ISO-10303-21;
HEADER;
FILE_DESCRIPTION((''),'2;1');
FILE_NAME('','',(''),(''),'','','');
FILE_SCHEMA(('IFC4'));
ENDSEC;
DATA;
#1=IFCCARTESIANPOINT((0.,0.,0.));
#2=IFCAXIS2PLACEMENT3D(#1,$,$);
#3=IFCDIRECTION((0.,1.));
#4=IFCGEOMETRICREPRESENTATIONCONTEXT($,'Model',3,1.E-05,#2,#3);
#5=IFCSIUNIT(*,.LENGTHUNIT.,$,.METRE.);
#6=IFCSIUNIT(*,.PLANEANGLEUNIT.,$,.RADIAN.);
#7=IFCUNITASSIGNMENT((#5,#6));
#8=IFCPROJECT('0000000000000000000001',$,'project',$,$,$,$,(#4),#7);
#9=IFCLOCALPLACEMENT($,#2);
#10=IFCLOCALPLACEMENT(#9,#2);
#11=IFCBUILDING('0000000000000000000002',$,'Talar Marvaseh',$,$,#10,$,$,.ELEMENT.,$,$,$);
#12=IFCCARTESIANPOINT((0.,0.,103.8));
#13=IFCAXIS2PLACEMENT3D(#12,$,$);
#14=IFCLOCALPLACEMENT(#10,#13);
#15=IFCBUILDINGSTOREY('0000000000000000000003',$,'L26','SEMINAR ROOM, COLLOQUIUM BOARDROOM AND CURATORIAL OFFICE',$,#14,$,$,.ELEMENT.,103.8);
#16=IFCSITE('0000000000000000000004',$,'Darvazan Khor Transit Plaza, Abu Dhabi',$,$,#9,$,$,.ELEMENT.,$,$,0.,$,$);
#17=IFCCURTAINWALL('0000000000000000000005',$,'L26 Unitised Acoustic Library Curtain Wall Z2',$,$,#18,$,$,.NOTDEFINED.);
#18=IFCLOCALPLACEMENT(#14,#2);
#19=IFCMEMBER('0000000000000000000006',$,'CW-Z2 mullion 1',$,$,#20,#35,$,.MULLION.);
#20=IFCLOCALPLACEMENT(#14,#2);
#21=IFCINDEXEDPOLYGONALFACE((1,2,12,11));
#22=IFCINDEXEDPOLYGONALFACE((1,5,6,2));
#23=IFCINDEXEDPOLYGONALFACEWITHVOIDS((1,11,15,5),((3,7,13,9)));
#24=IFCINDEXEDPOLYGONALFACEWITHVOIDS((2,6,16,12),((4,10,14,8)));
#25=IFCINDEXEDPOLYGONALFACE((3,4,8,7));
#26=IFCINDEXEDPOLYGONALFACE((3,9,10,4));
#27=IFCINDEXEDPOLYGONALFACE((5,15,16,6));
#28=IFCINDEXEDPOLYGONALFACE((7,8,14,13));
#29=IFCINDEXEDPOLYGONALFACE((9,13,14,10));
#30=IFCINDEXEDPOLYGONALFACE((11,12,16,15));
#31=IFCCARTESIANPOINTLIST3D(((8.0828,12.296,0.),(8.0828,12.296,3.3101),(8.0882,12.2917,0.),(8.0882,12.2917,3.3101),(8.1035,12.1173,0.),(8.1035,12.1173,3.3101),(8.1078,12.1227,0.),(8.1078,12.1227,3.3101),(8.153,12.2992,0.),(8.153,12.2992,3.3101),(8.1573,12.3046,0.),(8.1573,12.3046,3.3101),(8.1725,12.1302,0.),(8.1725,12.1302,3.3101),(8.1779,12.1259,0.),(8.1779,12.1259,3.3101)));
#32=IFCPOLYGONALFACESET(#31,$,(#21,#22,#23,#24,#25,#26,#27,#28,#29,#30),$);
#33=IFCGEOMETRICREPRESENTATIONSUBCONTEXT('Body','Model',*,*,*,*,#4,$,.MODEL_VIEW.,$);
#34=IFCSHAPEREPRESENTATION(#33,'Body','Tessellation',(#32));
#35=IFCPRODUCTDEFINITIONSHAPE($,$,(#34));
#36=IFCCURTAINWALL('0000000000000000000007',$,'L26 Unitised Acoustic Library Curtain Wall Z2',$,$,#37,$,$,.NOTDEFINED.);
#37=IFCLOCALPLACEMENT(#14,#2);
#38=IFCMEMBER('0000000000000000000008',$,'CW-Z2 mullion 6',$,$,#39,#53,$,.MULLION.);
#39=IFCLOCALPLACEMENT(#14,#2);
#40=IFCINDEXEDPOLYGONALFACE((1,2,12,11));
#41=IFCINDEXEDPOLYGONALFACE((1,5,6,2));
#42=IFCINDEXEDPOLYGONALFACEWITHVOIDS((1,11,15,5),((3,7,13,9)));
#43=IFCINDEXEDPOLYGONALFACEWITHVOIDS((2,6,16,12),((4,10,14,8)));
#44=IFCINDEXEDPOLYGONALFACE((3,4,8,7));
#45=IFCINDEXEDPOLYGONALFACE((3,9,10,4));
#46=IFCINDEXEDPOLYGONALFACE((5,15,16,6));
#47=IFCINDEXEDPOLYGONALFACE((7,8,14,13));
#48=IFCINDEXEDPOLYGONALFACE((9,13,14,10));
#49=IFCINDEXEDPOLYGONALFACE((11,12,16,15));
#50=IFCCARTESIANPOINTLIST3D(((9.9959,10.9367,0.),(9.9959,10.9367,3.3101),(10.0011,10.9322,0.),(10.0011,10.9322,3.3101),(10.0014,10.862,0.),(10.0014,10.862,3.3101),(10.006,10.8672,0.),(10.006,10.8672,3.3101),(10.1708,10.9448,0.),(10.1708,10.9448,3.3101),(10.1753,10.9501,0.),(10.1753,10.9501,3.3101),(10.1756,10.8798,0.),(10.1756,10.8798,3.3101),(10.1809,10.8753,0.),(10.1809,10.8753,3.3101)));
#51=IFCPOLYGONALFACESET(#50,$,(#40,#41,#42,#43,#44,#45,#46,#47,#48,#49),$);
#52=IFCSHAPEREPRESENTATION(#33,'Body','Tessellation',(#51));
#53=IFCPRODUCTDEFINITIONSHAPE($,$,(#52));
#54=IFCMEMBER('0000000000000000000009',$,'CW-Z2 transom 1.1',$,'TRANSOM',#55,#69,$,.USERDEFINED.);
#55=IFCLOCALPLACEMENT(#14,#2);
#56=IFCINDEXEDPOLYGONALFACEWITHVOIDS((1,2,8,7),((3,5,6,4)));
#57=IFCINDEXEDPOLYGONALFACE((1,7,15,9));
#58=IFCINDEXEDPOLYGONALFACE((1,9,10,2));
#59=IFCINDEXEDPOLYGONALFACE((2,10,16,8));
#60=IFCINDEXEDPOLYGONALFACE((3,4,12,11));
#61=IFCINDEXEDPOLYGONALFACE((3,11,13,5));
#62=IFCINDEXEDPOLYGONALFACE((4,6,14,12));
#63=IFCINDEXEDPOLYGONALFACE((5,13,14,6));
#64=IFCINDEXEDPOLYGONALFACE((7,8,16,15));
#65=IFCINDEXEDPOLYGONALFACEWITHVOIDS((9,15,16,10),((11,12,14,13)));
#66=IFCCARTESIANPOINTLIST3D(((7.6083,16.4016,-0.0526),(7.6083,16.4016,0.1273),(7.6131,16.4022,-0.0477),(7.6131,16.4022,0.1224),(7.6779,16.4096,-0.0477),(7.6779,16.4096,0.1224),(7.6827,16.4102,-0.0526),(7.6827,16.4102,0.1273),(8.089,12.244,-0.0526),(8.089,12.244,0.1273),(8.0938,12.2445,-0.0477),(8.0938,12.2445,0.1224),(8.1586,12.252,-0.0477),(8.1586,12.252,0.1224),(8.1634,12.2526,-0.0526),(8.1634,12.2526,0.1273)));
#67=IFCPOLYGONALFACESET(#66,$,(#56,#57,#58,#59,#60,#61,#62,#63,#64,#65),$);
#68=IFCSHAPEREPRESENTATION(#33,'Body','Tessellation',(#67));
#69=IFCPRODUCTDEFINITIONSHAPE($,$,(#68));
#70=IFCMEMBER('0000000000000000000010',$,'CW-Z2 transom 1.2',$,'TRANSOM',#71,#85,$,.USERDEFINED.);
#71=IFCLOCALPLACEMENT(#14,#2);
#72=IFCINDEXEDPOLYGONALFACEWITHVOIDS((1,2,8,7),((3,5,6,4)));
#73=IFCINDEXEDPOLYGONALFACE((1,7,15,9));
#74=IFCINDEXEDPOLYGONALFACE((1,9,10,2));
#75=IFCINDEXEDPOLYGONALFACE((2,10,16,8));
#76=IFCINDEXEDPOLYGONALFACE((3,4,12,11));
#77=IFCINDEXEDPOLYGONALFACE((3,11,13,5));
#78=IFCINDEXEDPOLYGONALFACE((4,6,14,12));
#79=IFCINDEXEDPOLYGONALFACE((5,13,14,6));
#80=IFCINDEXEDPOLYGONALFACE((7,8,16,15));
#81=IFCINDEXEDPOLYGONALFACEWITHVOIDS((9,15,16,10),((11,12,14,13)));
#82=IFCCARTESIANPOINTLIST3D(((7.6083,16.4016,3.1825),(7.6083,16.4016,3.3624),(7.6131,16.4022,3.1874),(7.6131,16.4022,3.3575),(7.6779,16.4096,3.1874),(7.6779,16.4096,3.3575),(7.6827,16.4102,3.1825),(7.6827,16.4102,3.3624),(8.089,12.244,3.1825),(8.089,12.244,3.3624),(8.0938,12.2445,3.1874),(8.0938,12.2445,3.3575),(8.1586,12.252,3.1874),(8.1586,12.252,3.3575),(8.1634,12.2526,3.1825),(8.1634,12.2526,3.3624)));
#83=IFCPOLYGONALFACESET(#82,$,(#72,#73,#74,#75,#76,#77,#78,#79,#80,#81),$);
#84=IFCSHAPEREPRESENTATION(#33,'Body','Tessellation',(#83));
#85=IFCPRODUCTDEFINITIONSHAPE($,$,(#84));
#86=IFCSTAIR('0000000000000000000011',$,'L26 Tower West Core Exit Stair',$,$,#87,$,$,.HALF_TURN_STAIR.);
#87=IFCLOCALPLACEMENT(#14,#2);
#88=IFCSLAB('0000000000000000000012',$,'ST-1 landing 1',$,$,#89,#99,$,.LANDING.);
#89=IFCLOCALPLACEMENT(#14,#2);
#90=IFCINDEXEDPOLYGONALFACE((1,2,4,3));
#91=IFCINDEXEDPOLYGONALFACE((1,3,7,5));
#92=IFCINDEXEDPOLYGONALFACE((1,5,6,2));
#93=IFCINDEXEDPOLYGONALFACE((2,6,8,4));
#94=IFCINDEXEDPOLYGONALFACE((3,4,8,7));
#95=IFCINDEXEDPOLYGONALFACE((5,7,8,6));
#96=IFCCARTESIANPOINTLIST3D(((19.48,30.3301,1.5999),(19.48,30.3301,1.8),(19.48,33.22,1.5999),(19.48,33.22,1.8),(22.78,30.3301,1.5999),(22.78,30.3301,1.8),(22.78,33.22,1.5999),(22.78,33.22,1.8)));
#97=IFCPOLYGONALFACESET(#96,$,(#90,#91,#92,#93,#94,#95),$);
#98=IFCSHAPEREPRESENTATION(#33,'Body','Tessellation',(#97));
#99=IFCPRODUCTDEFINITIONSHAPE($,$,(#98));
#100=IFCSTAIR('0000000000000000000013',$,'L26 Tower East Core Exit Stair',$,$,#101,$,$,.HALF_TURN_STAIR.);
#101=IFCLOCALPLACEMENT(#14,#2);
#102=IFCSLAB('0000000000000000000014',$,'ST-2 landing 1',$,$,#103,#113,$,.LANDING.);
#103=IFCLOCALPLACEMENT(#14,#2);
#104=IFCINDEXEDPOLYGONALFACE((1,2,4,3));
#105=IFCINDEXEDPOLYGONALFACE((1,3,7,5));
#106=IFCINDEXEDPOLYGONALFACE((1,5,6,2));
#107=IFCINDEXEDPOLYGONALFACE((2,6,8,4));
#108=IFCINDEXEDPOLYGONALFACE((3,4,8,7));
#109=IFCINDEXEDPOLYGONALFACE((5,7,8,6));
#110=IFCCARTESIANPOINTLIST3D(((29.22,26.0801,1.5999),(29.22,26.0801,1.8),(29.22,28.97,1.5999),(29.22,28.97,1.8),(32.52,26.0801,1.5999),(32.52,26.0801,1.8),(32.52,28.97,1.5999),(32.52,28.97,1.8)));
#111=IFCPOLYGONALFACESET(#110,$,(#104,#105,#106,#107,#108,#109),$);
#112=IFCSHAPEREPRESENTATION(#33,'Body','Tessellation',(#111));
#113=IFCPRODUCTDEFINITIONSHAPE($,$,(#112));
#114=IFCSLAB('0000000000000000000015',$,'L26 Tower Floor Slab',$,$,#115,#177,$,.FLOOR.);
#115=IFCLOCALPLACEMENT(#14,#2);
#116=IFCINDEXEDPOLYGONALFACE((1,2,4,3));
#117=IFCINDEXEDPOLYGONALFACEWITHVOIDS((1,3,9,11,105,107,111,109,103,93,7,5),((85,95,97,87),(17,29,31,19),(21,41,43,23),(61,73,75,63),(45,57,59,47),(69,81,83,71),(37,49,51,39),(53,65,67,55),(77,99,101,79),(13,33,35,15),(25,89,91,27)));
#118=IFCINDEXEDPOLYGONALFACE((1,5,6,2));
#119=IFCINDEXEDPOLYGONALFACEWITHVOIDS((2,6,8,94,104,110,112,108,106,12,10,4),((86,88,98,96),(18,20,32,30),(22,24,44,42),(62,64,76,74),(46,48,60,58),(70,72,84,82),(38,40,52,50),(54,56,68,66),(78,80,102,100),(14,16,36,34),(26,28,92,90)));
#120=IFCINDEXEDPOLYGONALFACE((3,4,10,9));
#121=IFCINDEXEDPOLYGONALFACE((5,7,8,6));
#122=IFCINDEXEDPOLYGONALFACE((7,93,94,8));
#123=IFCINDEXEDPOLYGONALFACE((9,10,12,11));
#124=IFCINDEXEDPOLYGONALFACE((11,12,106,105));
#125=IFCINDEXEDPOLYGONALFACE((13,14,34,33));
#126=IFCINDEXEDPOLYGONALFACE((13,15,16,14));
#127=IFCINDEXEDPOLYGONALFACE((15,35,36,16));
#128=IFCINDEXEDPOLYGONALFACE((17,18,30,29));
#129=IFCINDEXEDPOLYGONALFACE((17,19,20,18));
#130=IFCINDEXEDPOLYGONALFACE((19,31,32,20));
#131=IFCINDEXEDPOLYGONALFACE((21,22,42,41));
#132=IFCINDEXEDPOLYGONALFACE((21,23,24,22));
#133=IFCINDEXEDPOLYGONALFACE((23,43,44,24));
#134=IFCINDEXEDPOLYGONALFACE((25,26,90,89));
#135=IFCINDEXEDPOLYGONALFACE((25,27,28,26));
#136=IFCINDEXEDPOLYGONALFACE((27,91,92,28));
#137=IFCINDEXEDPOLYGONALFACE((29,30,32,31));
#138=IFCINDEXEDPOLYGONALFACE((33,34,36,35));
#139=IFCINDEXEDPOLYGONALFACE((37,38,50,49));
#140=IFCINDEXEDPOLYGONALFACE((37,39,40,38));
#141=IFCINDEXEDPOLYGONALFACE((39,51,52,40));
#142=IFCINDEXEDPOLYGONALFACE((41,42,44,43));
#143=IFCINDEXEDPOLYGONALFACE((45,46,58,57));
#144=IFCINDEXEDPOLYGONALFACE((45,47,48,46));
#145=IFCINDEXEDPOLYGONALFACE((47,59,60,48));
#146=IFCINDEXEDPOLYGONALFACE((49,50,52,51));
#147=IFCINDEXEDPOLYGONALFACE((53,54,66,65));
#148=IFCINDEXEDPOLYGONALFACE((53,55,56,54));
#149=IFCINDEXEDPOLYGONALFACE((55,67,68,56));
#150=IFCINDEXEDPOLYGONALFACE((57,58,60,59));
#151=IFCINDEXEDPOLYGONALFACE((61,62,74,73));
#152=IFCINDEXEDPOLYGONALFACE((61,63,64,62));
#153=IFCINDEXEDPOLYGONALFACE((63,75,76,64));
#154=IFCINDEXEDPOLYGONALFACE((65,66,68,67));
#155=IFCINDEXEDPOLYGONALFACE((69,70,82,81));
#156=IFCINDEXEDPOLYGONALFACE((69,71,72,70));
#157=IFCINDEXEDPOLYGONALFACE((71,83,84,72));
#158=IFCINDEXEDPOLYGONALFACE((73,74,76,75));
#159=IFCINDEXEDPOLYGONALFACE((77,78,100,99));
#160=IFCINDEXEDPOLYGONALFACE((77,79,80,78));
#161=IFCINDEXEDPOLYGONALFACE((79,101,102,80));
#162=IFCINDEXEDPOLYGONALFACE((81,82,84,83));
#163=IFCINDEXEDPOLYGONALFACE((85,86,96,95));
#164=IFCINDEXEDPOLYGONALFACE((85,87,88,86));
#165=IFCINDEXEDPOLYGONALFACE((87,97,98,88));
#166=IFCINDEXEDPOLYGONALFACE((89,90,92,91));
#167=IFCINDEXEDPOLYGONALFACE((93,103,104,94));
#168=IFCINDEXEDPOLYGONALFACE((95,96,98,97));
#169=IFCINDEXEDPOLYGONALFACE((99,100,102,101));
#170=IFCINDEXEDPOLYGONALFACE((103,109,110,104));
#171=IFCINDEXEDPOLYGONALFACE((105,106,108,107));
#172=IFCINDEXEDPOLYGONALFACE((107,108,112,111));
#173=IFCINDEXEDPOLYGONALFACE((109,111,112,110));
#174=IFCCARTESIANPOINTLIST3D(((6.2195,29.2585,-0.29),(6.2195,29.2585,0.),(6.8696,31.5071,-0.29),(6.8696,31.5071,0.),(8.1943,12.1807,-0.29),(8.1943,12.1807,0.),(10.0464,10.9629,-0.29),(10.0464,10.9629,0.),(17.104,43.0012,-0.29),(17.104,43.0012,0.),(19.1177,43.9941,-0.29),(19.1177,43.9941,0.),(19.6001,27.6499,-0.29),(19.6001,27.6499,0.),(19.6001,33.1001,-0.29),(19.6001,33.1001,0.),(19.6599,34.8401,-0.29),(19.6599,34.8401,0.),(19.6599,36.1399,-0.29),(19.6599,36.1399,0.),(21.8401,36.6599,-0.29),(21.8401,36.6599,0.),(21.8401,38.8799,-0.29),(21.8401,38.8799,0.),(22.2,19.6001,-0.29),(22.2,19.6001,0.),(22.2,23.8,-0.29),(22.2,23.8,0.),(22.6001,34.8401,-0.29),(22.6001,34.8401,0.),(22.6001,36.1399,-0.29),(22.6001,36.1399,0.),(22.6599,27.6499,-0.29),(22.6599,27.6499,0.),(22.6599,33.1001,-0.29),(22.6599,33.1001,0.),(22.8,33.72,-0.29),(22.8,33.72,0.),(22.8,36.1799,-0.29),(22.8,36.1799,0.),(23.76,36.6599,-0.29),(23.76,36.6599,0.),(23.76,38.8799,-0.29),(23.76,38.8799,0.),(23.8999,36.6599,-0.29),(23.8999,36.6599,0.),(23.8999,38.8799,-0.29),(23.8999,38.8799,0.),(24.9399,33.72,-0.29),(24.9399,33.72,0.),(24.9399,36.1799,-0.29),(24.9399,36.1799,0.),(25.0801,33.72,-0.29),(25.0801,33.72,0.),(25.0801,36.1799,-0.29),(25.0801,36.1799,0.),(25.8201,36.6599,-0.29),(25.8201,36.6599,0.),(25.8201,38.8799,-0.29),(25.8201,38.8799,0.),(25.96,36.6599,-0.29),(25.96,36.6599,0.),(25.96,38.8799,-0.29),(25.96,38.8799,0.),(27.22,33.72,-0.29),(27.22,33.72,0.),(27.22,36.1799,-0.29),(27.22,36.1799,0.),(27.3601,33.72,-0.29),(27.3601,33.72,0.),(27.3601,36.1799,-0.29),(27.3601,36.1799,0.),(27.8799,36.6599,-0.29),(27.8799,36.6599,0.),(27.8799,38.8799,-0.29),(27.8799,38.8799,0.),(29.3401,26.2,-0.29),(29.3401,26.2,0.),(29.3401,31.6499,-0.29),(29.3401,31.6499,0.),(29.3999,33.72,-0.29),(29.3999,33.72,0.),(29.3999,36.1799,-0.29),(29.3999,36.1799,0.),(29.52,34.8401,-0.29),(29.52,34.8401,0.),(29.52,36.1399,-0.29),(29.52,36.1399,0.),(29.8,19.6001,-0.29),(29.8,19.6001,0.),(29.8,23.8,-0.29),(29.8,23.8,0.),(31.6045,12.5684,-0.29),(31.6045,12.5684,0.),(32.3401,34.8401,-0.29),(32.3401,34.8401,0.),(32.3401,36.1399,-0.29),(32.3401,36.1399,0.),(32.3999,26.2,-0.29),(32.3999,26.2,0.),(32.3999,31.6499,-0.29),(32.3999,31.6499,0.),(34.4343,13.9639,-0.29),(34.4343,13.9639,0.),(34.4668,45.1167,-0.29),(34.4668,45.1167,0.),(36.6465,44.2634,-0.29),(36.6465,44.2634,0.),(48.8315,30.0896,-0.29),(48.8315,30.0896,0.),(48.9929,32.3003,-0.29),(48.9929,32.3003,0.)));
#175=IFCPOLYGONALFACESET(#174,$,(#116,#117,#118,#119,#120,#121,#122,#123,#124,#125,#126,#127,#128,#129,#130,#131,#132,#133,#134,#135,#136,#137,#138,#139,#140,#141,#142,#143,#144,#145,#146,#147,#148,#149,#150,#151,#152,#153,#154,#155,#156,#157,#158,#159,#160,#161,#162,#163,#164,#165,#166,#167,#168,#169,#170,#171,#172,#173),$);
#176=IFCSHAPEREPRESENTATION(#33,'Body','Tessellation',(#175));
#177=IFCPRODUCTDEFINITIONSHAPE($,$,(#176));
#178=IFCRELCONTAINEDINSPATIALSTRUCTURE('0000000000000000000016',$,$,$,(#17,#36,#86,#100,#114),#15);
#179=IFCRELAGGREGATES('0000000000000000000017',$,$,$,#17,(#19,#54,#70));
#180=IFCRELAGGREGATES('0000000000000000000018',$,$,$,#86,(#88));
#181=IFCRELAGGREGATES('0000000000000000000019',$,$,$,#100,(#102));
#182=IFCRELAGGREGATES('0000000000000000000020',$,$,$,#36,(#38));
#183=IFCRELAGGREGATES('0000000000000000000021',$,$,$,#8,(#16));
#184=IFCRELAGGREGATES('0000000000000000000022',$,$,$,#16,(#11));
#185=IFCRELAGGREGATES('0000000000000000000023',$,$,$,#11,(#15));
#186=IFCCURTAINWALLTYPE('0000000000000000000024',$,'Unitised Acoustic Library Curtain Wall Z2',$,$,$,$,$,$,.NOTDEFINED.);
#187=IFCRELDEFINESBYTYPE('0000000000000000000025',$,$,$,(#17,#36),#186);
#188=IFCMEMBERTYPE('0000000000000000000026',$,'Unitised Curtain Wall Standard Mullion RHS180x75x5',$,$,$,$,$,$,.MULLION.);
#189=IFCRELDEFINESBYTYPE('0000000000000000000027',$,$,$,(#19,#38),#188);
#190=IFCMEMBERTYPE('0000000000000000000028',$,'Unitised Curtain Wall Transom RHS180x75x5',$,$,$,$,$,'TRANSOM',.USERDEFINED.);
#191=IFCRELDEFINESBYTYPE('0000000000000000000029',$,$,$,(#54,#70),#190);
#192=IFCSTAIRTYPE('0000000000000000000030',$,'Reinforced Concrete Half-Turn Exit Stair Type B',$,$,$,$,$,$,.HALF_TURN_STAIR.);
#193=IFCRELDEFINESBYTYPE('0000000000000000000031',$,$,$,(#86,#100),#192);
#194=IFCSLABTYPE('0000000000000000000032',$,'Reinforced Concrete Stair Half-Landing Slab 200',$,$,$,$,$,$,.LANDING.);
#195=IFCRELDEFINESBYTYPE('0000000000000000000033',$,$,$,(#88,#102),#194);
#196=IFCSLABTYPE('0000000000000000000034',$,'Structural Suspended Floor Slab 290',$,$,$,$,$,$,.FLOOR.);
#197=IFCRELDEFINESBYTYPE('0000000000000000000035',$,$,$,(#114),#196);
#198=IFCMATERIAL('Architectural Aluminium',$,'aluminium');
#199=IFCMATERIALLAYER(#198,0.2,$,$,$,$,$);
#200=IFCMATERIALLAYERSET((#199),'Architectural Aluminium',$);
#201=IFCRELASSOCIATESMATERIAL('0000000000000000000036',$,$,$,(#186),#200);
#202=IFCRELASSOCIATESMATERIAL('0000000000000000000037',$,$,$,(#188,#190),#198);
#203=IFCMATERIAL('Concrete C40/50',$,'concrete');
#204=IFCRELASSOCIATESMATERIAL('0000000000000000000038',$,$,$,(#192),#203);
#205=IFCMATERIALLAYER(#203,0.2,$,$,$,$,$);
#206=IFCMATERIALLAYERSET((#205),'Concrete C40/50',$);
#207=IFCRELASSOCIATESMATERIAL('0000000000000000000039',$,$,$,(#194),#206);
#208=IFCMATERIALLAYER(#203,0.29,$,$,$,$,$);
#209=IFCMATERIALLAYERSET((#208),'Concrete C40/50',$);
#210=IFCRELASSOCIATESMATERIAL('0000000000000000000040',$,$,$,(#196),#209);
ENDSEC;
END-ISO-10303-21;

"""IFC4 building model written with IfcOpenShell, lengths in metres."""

from ifc_helpers import new_model, si_unit, direction, frame, origin, origin_2d, place, context, subcontext, project, spatial, polyline, hollow_rectangle, outline, extrude, source, transform, mapped, material, layer, layer_set, material_profile, profile_set, type_object, type_shapes, element, aggregate, save


model = new_model("IFC4")

# Units and contexts
model_context = context("Model", 3, precision=1e-05, world=origin(), true_north=direction((0.0, 1.0)))
body_context = subcontext(model_context, "Body", "Model", "MODEL_VIEW")
ifc_project = project(units=[si_unit("LENGTHUNIT", "METRE"), si_unit("PLANEANGLEUNIT", "RADIAN")], contexts=[model_context])

# Site, building, storey
site_placement = place(None, origin())
site = spatial("IfcSite", under=ifc_project, at=site_placement, Name="Darvazan Khor Transit Plaza, Abu Dhabi", CompositionType="ELEMENT", RefElevation=0.0)
building_placement = place(site_placement, origin())
building = spatial("IfcBuilding", under=site, at=building_placement, Name="Talar Marvaseh", CompositionType="ELEMENT")
storey_placement = place(building_placement, frame((0.0, 0.0, 103.8)))
storey = spatial("IfcBuildingStorey", under=building, at=storey_placement, Name="L26", Description="SEMINAR ROOM, COLLOQUIUM BOARDROOM AND CURATORIAL OFFICE", CompositionType="ELEMENT", Elevation=103.8)

# Curtain walls, members
ifc_material_1 = material(Name="Architectural Aluminium", Category="aluminium")
ifc_layer_1 = layer(ifc_material_1, 0.2)
ifc_layer_set_1 = layer_set([ifc_layer_1], Name="Architectural Aluminium")
curtain_wall_type = type_object("IfcCurtainWallType", Name="Unitised Acoustic Library Curtain Wall Z2", PredefinedType="NOTDEFINED", material=ifc_layer_set_1)
curtain_wall_1_placement = place(storey_placement, origin())
curtain_wall_1 = element("IfcCurtainWall", 1, at=curtain_wall_1_placement, inside=storey, type_object=curtain_wall_type, Name="L26 Unitised Acoustic Library Curtain Wall Z2", PredefinedType="NOTDEFINED")
ifc_material_profile_1 = material_profile(ifc_material_1, hollow_rectangle(XDim=0.075, YDim=0.1799, WallThickness=0.0049, at=origin_2d()), Name="RHS180x75x5")
ifc_profile_set_1 = profile_set([ifc_material_profile_1], Name="Architectural Aluminium")
member_type_1 = type_object("IfcMemberType", Name="Unitised Curtain Wall Standard Mullion RHS180x75x5", PredefinedType="MULLION", material=ifc_profile_set_1)
shared_shape_1 = source(origin(), body_context, "Body", "SweptSolid", [
    extrude(hollow_rectangle(XDim=0.075, YDim=0.1799, WallThickness=0.0049, at=origin_2d()), origin(), (0.0, 0.0, 1.0), 3.3101),
])
type_shapes(member_type_1, [shared_shape_1])
member_1_placement = place(storey_placement, frame((8.1304, 12.2109, 0.0), z_axis=(0.0, 0.0, 1.0), x_axis=(-0.993381, -0.11487, 0.0)))
member_1 = element("IfcMember", 2, at=member_1_placement, type_object=member_type_1, Name="CW-Z2 mullion 1", PredefinedType="MULLION", context=body_context, shape_type="MappedRepresentation", body=[
    mapped(shared_shape_1, transform((0.0, 0.0, 0.0), x_axis=(1.0, 0.0, 0.0), y_axis=(0.0, 1.0, 0.0), z_axis=(0.0, 0.0, 1.0), scale=1.0)),
])
curtain_wall_2_placement = place(storey_placement, origin())
curtain_wall_2 = element("IfcCurtainWall", 3, at=curtain_wall_2_placement, inside=storey, type_object=curtain_wall_type, Name="L26 Unitised Acoustic Library Curtain Wall Z2", PredefinedType="NOTDEFINED")
member_2_placement = place(storey_placement, frame((10.0884, 10.906, 0.0), z_axis=(0.0, 0.0, 1.0), x_axis=(0.074263, -0.997239, 0.0)))
member_2 = element("IfcMember", 4, at=member_2_placement, type_object=member_type_1, Name="CW-Z2 mullion 6", PredefinedType="MULLION", context=body_context, shape_type="MappedRepresentation", body=[
    mapped(shared_shape_1, transform((0.0, 0.0, 0.0), x_axis=(1.0, 0.0, 0.0), y_axis=(0.0, 1.0, 0.0), z_axis=(0.0, 0.0, 1.0), scale=1.0)),
])

# Members
ifc_material_profile_2 = material_profile(ifc_material_1, hollow_rectangle(XDim=0.075, YDim=0.1799, WallThickness=0.0049, at=origin_2d()), Name="RHS180x75x5")
ifc_profile_set_2 = profile_set([ifc_material_profile_2], Name="Architectural Aluminium")
member_type_2 = type_object("IfcMemberType", Name="Unitised Curtain Wall Transom RHS180x75x5", ElementType="TRANSOM", PredefinedType="USERDEFINED", material=ifc_profile_set_2)
shared_shape_2 = source(origin(), body_context, "Body", "SweptSolid", [
    extrude(hollow_rectangle(XDim=0.075, YDim=0.1799, WallThickness=0.0049, at=origin_2d()), origin(), (0.0, 0.0, 1.0), 4.1853),
])
type_shapes(member_type_2, [shared_shape_2])
member_3_placement = place(storey_placement, frame((8.1262, 12.2483, 0.0374), z_axis=(-0.114854, 0.993382, 0.0), x_axis=(-0.993382, -0.114854, 0.0)))
member_3 = element("IfcMember", 5, at=member_3_placement, type_object=member_type_2, Name="CW-Z2 transom 1.1", ObjectType="TRANSOM", PredefinedType="USERDEFINED", context=body_context, shape_type="MappedRepresentation", body=[
    mapped(shared_shape_2, transform((0.0, 0.0, 0.0), x_axis=(1.0, 0.0, 0.0), y_axis=(0.0, 1.0, 0.0), z_axis=(0.0, 0.0, 1.0), scale=1.0)),
])
member_4_placement = place(storey_placement, frame((8.1262, 12.2483, 3.2725), z_axis=(-0.114854, 0.993382, 0.0), x_axis=(-0.993382, -0.114854, 0.0)))
member_4 = element("IfcMember", 6, at=member_4_placement, type_object=member_type_2, Name="CW-Z2 transom 1.2", ObjectType="TRANSOM", PredefinedType="USERDEFINED", context=body_context, shape_type="MappedRepresentation", body=[
    mapped(shared_shape_2, transform((0.0, 0.0, 0.0), x_axis=(1.0, 0.0, 0.0), y_axis=(0.0, 1.0, 0.0), z_axis=(0.0, 0.0, 1.0), scale=1.0)),
])
aggregate(curtain_wall_1, [member_1, member_3, member_4])

# Stairs, slabs
ifc_material_2 = material(Name="Concrete C40/50", Category="concrete")
stair_type = type_object("IfcStairType", Name="Reinforced Concrete Half-Turn Exit Stair Type B", PredefinedType="HALF_TURN_STAIR", material=ifc_material_2)
stair_1_placement = place(storey_placement, origin())
stair_1 = element("IfcStair", 7, at=stair_1_placement, inside=storey, type_object=stair_type, Name="L26 Tower West Core Exit Stair", PredefinedType="HALF_TURN_STAIR")
ifc_layer_2 = layer(ifc_material_2, 0.2)
ifc_layer_set_2 = layer_set([ifc_layer_2], Name="Concrete C40/50")
slab_type_1 = type_object("IfcSlabType", Name="Reinforced Concrete Stair Half-Landing Slab 200", PredefinedType="LANDING", material=ifc_layer_set_2)
slab_1_placement = place(storey_placement, frame((0.0, 0.0, 1.5999)))
slab_1 = element("IfcSlab", 8, at=slab_1_placement, type_object=slab_type_1, Name="ST-1 landing 1", PredefinedType="LANDING", context=body_context, shape_type="SweptSolid", body=[
    extrude(outline(polyline([(22.78, 30.3301), (22.78, 33.22), (19.48, 33.22), (19.48, 30.3301), (22.78, 30.3301)])), origin(), (0.0, 0.0, 1.0), 0.2002),
])
aggregate(stair_1, [slab_1])
stair_2_placement = place(storey_placement, origin())
stair_2 = element("IfcStair", 9, at=stair_2_placement, inside=storey, type_object=stair_type, Name="L26 Tower East Core Exit Stair", PredefinedType="HALF_TURN_STAIR")
slab_2_placement = place(storey_placement, frame((0.0, 0.0, 1.5999)))
slab_2 = element("IfcSlab", 10, at=slab_2_placement, type_object=slab_type_1, Name="ST-2 landing 1", PredefinedType="LANDING", context=body_context, shape_type="SweptSolid", body=[
    extrude(outline(polyline([(29.22, 28.97), (29.22, 26.0801), (32.52, 26.0801), (32.52, 28.97), (29.22, 28.97)])), origin(), (0.0, 0.0, 1.0), 0.2002),
])
aggregate(stair_2, [slab_2])

# Slab
ifc_layer_3 = layer(ifc_material_2, 0.29)
ifc_layer_set_3 = layer_set([ifc_layer_3], Name="Concrete C40/50")
slab_type_2 = type_object("IfcSlabType", Name="Structural Suspended Floor Slab 290", PredefinedType="FLOOR", material=ifc_layer_set_3)
slab_3_placement = place(storey_placement, frame((0.0, 0.0, -0.29)))
element("IfcSlab", 11, at=slab_3_placement, inside=storey, type_object=slab_type_2, Name="L26 Tower Floor Slab", PredefinedType="FLOOR", context=body_context, shape_type="SweptSolid", body=[
    extrude(outline(polyline([(10.0464, 10.9629), (8.1943, 12.1807), (6.2195, 29.2585), (6.8696, 31.5071), (17.104, 43.0012), (19.1177, 43.9941), (34.4668, 45.1167), (36.6465, 44.2634), (48.9929, 32.3003), (48.8315, 30.0896), (34.4343, 13.9639), (31.6045, 12.5684), (10.0464, 10.9629)]), holes=[polyline([(22.6599, 27.6499), (22.6599, 33.1001), (19.6001, 33.1001), (19.6001, 27.6499), (22.6599, 27.6499)]), polyline([(29.3401, 31.6499), (29.3401, 26.2), (32.3999, 26.2), (32.3999, 31.6499), (29.3401, 31.6499)]), polyline([(22.8, 33.72), (24.9399, 33.72), (24.9399, 36.1799), (22.8, 36.1799), (22.8, 33.72)]), polyline([(25.0801, 33.72), (27.22, 33.72), (27.22, 36.1799), (25.0801, 36.1799), (25.0801, 33.72)]), polyline([(27.3601, 33.72), (29.3999, 33.72), (29.3999, 36.1799), (27.3601, 36.1799), (27.3601, 33.72)]), polyline([(21.8401, 36.6599), (23.76, 36.6599), (23.76, 38.8799), (21.8401, 38.8799), (21.8401, 36.6599)]), polyline([(23.8999, 36.6599), (25.8201, 36.6599), (25.8201, 38.8799), (23.8999, 38.8799), (23.8999, 36.6599)]), polyline([(25.96, 36.6599), (27.8799, 36.6599), (27.8799, 38.8799), (25.96, 38.8799), (25.96, 36.6599)]), polyline([(19.6599, 34.8401), (22.6001, 34.8401), (22.6001, 36.1399), (19.6599, 36.1399), (19.6599, 34.8401)]), polyline([(29.52, 34.8401), (32.3401, 34.8401), (32.3401, 36.1399), (29.52, 36.1399), (29.52, 34.8401)]), polyline([(22.2, 19.6001), (29.8, 19.6001), (29.8, 23.8), (22.2, 23.8), (22.2, 19.6001)])]), origin(), (0.0, 0.0, 1.0), 0.29),
])

aggregate(curtain_wall_2, [member_2])

save(model, "model.ifc")
